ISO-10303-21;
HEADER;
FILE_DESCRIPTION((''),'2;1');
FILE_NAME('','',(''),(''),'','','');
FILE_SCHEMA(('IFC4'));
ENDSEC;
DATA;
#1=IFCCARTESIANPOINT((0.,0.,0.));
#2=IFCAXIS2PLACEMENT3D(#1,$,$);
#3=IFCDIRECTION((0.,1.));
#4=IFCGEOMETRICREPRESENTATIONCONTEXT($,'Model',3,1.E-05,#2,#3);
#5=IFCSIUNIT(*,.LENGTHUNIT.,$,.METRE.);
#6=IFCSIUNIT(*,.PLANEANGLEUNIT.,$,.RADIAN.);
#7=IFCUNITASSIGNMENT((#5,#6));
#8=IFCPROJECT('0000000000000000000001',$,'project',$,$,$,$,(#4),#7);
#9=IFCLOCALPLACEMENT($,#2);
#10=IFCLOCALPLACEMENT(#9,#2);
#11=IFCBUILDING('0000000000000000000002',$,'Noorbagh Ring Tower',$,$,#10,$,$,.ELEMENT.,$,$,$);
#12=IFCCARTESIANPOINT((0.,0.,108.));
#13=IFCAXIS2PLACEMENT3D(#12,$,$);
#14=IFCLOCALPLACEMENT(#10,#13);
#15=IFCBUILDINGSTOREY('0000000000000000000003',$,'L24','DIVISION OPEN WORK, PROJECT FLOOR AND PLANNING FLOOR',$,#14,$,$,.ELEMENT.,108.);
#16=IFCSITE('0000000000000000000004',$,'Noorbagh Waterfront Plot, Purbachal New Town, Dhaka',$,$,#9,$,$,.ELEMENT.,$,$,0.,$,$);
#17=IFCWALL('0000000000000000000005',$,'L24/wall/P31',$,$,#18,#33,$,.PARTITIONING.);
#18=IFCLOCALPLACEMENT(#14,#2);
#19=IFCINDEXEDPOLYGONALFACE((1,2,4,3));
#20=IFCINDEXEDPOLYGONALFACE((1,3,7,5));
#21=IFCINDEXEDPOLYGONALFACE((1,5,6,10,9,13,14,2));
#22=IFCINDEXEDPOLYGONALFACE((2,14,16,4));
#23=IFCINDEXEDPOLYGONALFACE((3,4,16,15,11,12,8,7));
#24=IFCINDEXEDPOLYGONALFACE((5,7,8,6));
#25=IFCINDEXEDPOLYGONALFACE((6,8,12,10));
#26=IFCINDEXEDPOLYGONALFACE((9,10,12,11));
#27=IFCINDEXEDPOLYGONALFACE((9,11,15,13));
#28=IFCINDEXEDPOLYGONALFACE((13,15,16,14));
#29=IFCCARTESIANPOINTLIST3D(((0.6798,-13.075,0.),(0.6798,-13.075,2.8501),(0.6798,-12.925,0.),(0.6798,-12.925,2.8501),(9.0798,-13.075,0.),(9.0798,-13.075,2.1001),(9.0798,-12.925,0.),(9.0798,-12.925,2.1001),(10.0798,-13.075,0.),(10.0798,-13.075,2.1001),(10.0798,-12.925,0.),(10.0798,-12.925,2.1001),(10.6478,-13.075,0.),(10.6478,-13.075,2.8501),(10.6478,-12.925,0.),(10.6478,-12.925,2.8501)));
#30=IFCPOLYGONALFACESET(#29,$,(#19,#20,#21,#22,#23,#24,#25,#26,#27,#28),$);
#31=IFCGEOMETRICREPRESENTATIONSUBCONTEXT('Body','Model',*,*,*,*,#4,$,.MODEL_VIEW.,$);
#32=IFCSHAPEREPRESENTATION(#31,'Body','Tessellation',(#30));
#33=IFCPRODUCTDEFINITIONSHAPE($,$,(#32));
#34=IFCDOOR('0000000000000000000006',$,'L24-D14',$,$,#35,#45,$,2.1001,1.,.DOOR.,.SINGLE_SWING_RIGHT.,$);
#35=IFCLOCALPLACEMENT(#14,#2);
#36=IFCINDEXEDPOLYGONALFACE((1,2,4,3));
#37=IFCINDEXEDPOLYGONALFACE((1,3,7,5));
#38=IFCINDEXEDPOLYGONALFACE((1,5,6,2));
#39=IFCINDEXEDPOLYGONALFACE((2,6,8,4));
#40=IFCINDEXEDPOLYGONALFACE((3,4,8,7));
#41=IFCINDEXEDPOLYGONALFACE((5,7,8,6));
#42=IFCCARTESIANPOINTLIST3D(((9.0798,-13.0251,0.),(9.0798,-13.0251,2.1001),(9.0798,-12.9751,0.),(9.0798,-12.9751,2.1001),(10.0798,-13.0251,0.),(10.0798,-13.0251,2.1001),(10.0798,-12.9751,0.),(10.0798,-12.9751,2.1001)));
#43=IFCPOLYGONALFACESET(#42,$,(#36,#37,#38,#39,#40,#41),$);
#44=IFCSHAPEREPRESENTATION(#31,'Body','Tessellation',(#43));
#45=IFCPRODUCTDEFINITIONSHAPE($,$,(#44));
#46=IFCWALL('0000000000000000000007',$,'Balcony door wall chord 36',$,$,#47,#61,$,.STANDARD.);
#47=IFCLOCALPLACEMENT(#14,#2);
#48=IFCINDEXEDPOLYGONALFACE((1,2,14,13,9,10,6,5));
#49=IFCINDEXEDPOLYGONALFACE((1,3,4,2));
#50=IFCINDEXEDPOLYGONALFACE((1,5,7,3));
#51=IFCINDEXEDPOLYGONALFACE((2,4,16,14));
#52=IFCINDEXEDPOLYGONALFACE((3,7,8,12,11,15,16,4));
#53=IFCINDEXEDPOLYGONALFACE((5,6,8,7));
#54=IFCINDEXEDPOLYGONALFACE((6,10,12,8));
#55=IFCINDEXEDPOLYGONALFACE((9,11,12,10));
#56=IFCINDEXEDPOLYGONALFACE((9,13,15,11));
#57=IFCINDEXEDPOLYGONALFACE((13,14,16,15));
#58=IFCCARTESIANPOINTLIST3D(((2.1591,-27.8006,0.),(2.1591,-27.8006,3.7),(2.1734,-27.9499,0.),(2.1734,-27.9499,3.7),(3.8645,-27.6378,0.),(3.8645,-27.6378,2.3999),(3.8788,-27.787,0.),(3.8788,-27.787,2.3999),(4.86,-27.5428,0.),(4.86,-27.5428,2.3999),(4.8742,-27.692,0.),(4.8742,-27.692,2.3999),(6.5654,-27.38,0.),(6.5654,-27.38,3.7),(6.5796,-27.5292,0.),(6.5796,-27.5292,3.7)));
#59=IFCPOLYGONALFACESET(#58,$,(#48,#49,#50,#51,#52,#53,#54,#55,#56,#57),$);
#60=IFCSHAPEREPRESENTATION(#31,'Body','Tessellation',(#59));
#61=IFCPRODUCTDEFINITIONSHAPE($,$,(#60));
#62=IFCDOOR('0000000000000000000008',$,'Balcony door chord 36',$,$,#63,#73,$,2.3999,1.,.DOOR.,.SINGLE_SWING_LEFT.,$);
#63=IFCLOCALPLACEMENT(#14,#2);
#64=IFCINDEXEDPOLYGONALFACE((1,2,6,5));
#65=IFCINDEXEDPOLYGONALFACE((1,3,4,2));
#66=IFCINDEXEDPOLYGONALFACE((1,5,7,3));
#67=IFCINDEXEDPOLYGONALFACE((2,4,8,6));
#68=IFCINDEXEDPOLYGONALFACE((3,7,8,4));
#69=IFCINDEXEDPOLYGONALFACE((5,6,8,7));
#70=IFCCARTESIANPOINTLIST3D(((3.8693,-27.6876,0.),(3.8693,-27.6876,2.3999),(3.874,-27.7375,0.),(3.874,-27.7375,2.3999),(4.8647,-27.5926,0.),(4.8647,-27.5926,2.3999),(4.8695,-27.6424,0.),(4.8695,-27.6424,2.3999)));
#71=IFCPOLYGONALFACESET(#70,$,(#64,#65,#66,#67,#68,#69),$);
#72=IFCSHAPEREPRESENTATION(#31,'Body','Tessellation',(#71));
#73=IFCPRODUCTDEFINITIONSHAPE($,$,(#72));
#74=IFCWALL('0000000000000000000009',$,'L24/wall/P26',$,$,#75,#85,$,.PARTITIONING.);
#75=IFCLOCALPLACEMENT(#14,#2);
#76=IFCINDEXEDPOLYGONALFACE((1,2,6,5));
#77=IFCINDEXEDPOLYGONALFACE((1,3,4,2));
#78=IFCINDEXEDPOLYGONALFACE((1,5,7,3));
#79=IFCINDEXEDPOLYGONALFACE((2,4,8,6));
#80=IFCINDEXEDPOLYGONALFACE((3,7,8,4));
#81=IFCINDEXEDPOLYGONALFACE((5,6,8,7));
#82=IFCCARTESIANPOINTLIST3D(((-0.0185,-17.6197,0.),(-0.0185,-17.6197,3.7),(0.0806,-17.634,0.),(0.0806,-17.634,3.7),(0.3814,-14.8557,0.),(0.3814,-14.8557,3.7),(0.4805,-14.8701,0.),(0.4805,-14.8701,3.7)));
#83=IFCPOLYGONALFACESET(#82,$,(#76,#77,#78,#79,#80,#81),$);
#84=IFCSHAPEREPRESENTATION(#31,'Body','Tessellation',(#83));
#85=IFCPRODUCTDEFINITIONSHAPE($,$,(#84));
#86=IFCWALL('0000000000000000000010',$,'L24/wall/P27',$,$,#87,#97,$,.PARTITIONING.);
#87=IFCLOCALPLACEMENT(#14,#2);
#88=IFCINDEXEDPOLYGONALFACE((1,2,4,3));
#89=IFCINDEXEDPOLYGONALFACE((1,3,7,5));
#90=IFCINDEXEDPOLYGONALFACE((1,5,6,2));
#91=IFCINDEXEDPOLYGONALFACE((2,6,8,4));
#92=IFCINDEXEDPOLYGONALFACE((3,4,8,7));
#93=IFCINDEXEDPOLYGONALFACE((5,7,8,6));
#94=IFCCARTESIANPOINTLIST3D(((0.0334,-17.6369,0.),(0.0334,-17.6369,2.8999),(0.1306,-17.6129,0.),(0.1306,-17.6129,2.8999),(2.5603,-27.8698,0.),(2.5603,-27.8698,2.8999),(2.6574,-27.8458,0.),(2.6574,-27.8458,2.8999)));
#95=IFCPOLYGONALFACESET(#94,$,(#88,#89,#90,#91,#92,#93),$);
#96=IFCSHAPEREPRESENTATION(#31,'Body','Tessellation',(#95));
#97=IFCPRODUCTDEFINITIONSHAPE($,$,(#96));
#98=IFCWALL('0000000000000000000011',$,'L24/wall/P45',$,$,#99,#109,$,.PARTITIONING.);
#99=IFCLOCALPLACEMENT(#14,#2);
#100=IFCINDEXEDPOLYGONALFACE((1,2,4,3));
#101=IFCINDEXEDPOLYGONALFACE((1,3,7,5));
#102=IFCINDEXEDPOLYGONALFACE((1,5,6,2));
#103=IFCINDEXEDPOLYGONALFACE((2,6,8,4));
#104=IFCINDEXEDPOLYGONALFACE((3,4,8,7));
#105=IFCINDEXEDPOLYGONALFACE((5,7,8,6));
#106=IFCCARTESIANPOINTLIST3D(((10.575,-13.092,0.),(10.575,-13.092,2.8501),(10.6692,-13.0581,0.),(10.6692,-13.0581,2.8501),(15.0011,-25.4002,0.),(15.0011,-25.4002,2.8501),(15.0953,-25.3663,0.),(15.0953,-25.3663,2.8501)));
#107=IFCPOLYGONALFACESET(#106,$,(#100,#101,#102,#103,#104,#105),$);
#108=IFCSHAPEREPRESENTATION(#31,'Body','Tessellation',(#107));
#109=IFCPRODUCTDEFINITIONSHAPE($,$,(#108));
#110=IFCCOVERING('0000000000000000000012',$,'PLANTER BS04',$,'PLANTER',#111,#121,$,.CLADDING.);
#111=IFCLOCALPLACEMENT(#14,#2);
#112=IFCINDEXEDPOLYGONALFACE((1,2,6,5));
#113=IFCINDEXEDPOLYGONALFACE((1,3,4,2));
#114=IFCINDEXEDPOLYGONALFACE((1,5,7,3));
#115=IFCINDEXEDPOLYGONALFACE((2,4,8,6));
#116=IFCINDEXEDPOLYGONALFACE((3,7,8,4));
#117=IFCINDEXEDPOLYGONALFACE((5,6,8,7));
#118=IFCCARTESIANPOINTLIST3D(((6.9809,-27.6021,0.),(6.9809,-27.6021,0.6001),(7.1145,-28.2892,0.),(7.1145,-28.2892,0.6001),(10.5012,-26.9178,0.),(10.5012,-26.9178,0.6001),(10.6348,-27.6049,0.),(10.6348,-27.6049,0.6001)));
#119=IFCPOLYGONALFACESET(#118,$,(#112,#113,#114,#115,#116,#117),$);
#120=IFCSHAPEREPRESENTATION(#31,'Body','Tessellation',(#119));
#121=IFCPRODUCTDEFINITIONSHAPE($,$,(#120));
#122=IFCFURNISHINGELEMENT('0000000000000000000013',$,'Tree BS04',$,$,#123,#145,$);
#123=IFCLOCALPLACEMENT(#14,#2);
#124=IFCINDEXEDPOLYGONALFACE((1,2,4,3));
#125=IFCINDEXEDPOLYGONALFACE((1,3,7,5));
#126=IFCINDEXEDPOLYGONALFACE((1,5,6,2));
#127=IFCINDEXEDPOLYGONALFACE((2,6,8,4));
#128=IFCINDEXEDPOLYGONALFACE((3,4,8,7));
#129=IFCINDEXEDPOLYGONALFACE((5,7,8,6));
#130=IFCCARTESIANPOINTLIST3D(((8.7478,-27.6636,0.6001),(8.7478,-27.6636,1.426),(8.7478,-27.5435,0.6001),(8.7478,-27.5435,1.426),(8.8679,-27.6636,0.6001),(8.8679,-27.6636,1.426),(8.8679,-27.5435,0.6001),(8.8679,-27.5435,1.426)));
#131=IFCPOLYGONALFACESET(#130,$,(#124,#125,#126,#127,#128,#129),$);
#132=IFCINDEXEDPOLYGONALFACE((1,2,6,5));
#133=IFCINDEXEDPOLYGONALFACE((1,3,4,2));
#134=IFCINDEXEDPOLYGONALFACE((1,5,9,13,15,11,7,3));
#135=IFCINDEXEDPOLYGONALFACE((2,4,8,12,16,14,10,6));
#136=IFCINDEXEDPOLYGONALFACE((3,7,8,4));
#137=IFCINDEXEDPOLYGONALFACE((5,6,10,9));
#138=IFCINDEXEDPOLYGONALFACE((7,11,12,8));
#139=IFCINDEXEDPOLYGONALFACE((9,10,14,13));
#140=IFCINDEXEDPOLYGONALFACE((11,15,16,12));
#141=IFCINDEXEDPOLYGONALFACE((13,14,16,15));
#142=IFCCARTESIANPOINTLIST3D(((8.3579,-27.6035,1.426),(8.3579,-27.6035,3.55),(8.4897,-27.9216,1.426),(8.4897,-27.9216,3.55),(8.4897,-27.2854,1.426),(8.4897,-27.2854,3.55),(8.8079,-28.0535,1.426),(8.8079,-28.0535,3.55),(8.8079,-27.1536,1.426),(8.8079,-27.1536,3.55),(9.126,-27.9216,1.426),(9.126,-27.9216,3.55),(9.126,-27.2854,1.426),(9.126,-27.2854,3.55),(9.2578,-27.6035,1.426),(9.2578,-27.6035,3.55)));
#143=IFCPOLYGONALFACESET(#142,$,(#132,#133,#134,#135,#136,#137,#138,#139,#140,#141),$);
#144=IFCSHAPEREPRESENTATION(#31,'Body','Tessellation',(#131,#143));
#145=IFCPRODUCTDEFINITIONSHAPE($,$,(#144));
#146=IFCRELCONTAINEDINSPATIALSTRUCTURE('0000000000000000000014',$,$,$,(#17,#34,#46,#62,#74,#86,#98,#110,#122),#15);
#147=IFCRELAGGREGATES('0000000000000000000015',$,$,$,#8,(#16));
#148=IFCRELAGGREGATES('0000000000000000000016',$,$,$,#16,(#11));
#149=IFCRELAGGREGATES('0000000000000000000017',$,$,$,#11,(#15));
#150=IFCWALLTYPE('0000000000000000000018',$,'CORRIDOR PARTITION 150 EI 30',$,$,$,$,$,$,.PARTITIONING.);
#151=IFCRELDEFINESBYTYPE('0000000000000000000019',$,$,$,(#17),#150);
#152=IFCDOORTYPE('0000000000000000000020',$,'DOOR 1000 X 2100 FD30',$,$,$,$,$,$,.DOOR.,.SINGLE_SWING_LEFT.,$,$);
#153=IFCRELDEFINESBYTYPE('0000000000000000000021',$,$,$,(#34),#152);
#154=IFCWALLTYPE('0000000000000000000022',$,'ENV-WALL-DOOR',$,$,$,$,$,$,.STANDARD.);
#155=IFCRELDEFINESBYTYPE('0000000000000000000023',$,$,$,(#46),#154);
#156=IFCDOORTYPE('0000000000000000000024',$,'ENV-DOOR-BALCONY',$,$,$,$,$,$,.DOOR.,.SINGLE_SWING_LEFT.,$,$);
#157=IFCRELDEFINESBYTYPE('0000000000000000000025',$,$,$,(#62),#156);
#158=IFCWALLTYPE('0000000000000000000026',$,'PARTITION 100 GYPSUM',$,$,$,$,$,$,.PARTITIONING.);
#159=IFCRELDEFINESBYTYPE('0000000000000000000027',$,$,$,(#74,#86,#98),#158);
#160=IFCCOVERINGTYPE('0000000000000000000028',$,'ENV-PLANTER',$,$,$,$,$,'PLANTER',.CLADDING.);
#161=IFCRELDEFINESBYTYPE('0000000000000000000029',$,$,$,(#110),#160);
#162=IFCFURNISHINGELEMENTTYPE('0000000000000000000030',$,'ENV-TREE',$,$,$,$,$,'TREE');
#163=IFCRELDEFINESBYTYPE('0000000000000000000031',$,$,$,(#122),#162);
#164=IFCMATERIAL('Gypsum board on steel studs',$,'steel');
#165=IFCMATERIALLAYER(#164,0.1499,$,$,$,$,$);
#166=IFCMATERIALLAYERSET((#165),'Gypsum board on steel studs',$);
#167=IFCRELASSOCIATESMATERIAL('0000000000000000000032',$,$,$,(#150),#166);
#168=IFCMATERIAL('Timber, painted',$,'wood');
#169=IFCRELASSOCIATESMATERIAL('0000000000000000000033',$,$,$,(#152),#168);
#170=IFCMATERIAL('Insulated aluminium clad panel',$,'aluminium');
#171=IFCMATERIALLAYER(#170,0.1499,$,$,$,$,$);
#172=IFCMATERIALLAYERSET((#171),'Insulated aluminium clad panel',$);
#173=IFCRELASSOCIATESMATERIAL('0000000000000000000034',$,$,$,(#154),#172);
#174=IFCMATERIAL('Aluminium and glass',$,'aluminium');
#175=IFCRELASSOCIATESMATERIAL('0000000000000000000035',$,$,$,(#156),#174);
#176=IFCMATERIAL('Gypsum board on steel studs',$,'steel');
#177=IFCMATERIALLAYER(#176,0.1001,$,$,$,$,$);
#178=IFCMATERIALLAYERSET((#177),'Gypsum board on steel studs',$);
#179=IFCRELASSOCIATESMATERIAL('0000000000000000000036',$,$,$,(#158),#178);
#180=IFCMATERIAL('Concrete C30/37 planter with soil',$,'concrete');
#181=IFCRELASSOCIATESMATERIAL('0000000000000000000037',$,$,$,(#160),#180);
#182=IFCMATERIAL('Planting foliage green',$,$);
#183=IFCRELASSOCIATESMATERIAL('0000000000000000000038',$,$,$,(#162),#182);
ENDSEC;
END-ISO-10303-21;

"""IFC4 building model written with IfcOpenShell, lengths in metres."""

from ifc_helpers import new_model, si_unit, direction, frame, frame_2d, origin, origin_2d, place, context, subcontext, project, spatial, polyline, rectangle, outline, extrude, material, layer, layer_set, type_object, element, fill, save


model = new_model("IFC4")

# Units and contexts
model_context = context("Model", 3, precision=1e-05, world=origin(), true_north=direction((0.0, 1.0)))
body_context = subcontext(model_context, "Body", "Model", "MODEL_VIEW")
ifc_project = project(units=[si_unit("LENGTHUNIT", "METRE"), si_unit("PLANEANGLEUNIT", "RADIAN")], contexts=[model_context])

# Site, building, storey
site_placement = place(None, origin())
site = spatial("IfcSite", under=ifc_project, at=site_placement, Name="Noorbagh Waterfront Plot, Purbachal New Town, Dhaka", CompositionType="ELEMENT", RefElevation=0.0)
building_placement = place(site_placement, origin())
building = spatial("IfcBuilding", under=site, at=building_placement, Name="Noorbagh Ring Tower", CompositionType="ELEMENT")
storey_placement = place(building_placement, frame((0.0, 0.0, 108.0)))
storey = spatial("IfcBuildingStorey", under=building, at=storey_placement, Name="L24", Description="DIVISION OPEN WORK, PROJECT FLOOR AND PLANNING FLOOR", CompositionType="ELEMENT", Elevation=108.0)

# Shared definitions
ifc_material_1 = material(Name="Gypsum board on steel studs", Category="steel")
ifc_layer_1 = layer(ifc_material_1, 0.1499)
ifc_layer_set_1 = layer_set([ifc_layer_1], Name="Gypsum board on steel studs")
wall_type_1 = type_object("IfcWallType", Name="CORRIDOR PARTITION 150 EI 30", PredefinedType="PARTITIONING", material=ifc_layer_set_1)

# Walls, openings, doors
wall_1_placement = place(storey_placement, frame((0.6799, -13.0, 0.0), z_axis=(0.0, 0.0, 1.0), x_axis=(1.0, 0.0, 0.0)))
wall_1 = element("IfcWall", 1, at=wall_1_placement, inside=storey, type_object=wall_type_1, Name="L24/wall/P31", PredefinedType="PARTITIONING", context=body_context, shape_type="SweptSolid", body=[
    extrude(rectangle(XDim=9.968, YDim=0.1499, at=frame_2d((4.9839, 0.0))), origin(), (0.0, 0.0, 1.0), 2.8501),
])
opening_1_placement = place(wall_1_placement, frame((8.3999, 0.0, 0.0)))
opening_1 = element("IfcOpeningElement", 2, at=opening_1_placement, cuts=wall_1, PredefinedType="OPENING", context=body_context, shape_type="SweptSolid", body=[
    extrude(rectangle(XDim=1.0, YDim=2.1001, at=frame_2d((0.5, 1.05))), frame((0.0, 0.085, 0.0), z_axis=(0.0, -1.0, 0.0), x_axis=(1.0, 0.0, 0.0)), (0.0, 0.0, 1.0), 0.1699),
])
ifc_material_2 = material(Name="Timber, painted", Category="wood")
door_type_1 = type_object("IfcDoorType", Name="DOOR 1000 X 2100 FD30", OperationType="SINGLE_SWING_LEFT", PredefinedType="DOOR", material=ifc_material_2)
door_1_placement = place(opening_1_placement, origin())
door_1 = element("IfcDoor", 3, at=door_1_placement, inside=storey, type_object=door_type_1, Name="L24-D14", OperationType="SINGLE_SWING_RIGHT", OverallHeight=2.1001, OverallWidth=1.0, PredefinedType="DOOR", context=body_context, shape_type="SweptSolid", body=[
    extrude(rectangle(XDim=1.0, YDim=2.1001, at=frame_2d((0.5, 1.05))), frame((0.0, 0.0249, 0.0), z_axis=(0.0, -1.0, 0.0), x_axis=(1.0, 0.0, 0.0)), (0.0, 0.0, 1.0), 0.05),
])
fill(opening_1, door_1)
ifc_material_3 = material(Name="Insulated aluminium clad panel", Category="aluminium")
ifc_layer_2 = layer(ifc_material_3, 0.1499)
ifc_layer_set_2 = layer_set([ifc_layer_2], Name="Insulated aluminium clad panel")
wall_type_2 = type_object("IfcWallType", Name="ENV-WALL-DOOR", PredefinedType="STANDARD", material=ifc_layer_set_2)
wall_2_placement = place(storey_placement, frame((2.1663, -27.8752, 0.0), z_axis=(0.0, 0.0, 1.0), x_axis=(0.995474, 0.095036, 0.0)))
wall_2 = element("IfcWall", 4, at=wall_2_placement, inside=storey, type_object=wall_type_2, Name="Balcony door wall chord 36", PredefinedType="STANDARD", context=body_context, shape_type="SweptSolid", body=[
    extrude(rectangle(XDim=4.4263, YDim=0.1499, at=frame_2d((2.2131, 0.0))), origin(), (0.0, 0.0, 1.0), 3.7),
])
opening_2_placement = place(wall_2_placement, frame((1.7131, 0.0, 0.0)))
opening_2 = element("IfcOpeningElement", 5, at=opening_2_placement, cuts=wall_2, PredefinedType="OPENING", context=body_context, shape_type="SweptSolid", body=[
    extrude(rectangle(XDim=1.0, YDim=2.3999, at=frame_2d((0.5, 1.2))), frame((0.0, 0.085, 0.0), z_axis=(0.0, -1.0, 0.0), x_axis=(1.0, 0.0, 0.0)), (0.0, 0.0, 1.0), 0.1699),
])
ifc_material_4 = material(Name="Aluminium and glass", Category="aluminium")
door_type_2 = type_object("IfcDoorType", Name="ENV-DOOR-BALCONY", OperationType="SINGLE_SWING_LEFT", PredefinedType="DOOR", material=ifc_material_4)
door_2_placement = place(opening_2_placement, origin())
door_2 = element("IfcDoor", 6, at=door_2_placement, inside=storey, type_object=door_type_2, Name="Balcony door chord 36", OperationType="SINGLE_SWING_LEFT", OverallHeight=2.3999, OverallWidth=1.0, PredefinedType="DOOR", context=body_context, shape_type="SweptSolid", body=[
    extrude(rectangle(XDim=1.0, YDim=2.3999, at=frame_2d((0.5, 1.2))), frame((0.0, 0.0249, 0.0), z_axis=(0.0, -1.0, 0.0), x_axis=(1.0, 0.0, 0.0)), (0.0, 0.0, 1.0), 0.05),
])
fill(opening_2, door_2)

# Walls
ifc_material_5 = material(Name="Gypsum board on steel studs", Category="steel")
ifc_layer_3 = layer(ifc_material_5, 0.1001)
ifc_layer_set_3 = layer_set([ifc_layer_3], Name="Gypsum board on steel studs")
wall_type_3 = type_object("IfcWallType", Name="PARTITION 100 GYPSUM", PredefinedType="PARTITIONING", material=ifc_layer_set_3)
wall_3_placement = place(storey_placement, frame((0.031, -17.627, 0.0), z_axis=(0.0, 0.0, 1.0), x_axis=(0.143196, 0.989694, 0.0)))
element("IfcWall", 7, at=wall_3_placement, inside=storey, type_object=wall_type_3, Name="L24/wall/P26", PredefinedType="PARTITIONING", context=body_context, shape_type="SweptSolid", body=[
    extrude(rectangle(XDim=2.7927, YDim=0.1001, at=frame_2d((1.3965, 0.0))), origin(), (0.0, 0.0, 1.0), 3.7),
])
wall_4_placement = place(storey_placement, frame((0.082, -17.625, 0.0), z_axis=(0.0, 0.0, 1.0), x_axis=(0.239733, -0.970839, 0.0)))
element("IfcWall", 8, at=wall_4_placement, inside=storey, type_object=wall_type_3, Name="L24/wall/P27", PredefinedType="PARTITIONING", context=body_context, shape_type="SweptSolid", body=[
    extrude(rectangle(XDim=10.5403, YDim=0.1001, at=frame_2d((5.27, 0.0))), origin(), (0.0, 0.0, 1.0), 2.8999),
])
wall_5_placement = place(storey_placement, frame((10.6221, -13.075, 0.0), z_axis=(0.0, 0.0, 1.0), x_axis=(0.338388, -0.941007, 0.0)))
element("IfcWall", 9, at=wall_5_placement, inside=storey, type_object=wall_type_3, Name="L24/wall/P45", PredefinedType="PARTITIONING", context=body_context, shape_type="SweptSolid", body=[
    extrude(rectangle(XDim=13.0798, YDim=0.1001, at=frame_2d((6.54, 0.0))), origin(), (0.0, 0.0, 1.0), 2.8501),
])

# Covering
ifc_material_6 = material(Name="Concrete C30/37 planter with soil", Category="concrete")
covering_type = type_object("IfcCoveringType", Name="ENV-PLANTER", ElementType="PLANTER", PredefinedType="CLADDING", material=ifc_material_6)
covering_placement = place(storey_placement, frame((8.8079, -27.6035, 0.0), z_axis=(0.0, 0.0, 1.0), x_axis=(0.981625, 0.19082, 0.0)))
element("IfcCovering", 10, at=covering_placement, inside=storey, type_object=covering_type, Name="PLANTER BS04", ObjectType="PLANTER", PredefinedType="CLADDING", context=body_context, shape_type="SweptSolid", body=[
    extrude(rectangle(XDim=3.5862, YDim=0.7, at=origin_2d()), origin(), (0.0, 0.0, 1.0), 0.6001),
])

# Furnishing element
ifc_material_7 = material(Name="Planting foliage green")
furnishing_element_type = type_object("IfcFurnishingElementType", Name="ENV-TREE", ElementType="TREE", material=ifc_material_7)
furnishing_placement = place(storey_placement, frame((8.8079, -27.6035, 0.6001), z_axis=(0.0, 0.0, 1.0), x_axis=(1.0, 0.0, 0.0)))
element("IfcFurnishingElement", 11, at=furnishing_placement, inside=storey, type_object=furnishing_element_type, Name="Tree BS04", context=body_context, shape_type="SweptSolid", body=[
    extrude(rectangle(XDim=0.1201, YDim=0.1201, at=origin_2d()), origin(), (0.0, 0.0, 1.0), 0.8259),
    extrude(outline(polyline([(0.45, 0.0), (0.3181, 0.3181), (0.0, 0.45), (-0.3181, 0.3181), (-0.45, 0.0), (-0.3181, -0.3181), (0.0, -0.45), (0.3181, -0.3181), (0.45, 0.0)])), frame((0.0, 0.0, 0.8259)), (0.0, 0.0, 1.0), 2.124),
])

save(model, "model.ifc")
